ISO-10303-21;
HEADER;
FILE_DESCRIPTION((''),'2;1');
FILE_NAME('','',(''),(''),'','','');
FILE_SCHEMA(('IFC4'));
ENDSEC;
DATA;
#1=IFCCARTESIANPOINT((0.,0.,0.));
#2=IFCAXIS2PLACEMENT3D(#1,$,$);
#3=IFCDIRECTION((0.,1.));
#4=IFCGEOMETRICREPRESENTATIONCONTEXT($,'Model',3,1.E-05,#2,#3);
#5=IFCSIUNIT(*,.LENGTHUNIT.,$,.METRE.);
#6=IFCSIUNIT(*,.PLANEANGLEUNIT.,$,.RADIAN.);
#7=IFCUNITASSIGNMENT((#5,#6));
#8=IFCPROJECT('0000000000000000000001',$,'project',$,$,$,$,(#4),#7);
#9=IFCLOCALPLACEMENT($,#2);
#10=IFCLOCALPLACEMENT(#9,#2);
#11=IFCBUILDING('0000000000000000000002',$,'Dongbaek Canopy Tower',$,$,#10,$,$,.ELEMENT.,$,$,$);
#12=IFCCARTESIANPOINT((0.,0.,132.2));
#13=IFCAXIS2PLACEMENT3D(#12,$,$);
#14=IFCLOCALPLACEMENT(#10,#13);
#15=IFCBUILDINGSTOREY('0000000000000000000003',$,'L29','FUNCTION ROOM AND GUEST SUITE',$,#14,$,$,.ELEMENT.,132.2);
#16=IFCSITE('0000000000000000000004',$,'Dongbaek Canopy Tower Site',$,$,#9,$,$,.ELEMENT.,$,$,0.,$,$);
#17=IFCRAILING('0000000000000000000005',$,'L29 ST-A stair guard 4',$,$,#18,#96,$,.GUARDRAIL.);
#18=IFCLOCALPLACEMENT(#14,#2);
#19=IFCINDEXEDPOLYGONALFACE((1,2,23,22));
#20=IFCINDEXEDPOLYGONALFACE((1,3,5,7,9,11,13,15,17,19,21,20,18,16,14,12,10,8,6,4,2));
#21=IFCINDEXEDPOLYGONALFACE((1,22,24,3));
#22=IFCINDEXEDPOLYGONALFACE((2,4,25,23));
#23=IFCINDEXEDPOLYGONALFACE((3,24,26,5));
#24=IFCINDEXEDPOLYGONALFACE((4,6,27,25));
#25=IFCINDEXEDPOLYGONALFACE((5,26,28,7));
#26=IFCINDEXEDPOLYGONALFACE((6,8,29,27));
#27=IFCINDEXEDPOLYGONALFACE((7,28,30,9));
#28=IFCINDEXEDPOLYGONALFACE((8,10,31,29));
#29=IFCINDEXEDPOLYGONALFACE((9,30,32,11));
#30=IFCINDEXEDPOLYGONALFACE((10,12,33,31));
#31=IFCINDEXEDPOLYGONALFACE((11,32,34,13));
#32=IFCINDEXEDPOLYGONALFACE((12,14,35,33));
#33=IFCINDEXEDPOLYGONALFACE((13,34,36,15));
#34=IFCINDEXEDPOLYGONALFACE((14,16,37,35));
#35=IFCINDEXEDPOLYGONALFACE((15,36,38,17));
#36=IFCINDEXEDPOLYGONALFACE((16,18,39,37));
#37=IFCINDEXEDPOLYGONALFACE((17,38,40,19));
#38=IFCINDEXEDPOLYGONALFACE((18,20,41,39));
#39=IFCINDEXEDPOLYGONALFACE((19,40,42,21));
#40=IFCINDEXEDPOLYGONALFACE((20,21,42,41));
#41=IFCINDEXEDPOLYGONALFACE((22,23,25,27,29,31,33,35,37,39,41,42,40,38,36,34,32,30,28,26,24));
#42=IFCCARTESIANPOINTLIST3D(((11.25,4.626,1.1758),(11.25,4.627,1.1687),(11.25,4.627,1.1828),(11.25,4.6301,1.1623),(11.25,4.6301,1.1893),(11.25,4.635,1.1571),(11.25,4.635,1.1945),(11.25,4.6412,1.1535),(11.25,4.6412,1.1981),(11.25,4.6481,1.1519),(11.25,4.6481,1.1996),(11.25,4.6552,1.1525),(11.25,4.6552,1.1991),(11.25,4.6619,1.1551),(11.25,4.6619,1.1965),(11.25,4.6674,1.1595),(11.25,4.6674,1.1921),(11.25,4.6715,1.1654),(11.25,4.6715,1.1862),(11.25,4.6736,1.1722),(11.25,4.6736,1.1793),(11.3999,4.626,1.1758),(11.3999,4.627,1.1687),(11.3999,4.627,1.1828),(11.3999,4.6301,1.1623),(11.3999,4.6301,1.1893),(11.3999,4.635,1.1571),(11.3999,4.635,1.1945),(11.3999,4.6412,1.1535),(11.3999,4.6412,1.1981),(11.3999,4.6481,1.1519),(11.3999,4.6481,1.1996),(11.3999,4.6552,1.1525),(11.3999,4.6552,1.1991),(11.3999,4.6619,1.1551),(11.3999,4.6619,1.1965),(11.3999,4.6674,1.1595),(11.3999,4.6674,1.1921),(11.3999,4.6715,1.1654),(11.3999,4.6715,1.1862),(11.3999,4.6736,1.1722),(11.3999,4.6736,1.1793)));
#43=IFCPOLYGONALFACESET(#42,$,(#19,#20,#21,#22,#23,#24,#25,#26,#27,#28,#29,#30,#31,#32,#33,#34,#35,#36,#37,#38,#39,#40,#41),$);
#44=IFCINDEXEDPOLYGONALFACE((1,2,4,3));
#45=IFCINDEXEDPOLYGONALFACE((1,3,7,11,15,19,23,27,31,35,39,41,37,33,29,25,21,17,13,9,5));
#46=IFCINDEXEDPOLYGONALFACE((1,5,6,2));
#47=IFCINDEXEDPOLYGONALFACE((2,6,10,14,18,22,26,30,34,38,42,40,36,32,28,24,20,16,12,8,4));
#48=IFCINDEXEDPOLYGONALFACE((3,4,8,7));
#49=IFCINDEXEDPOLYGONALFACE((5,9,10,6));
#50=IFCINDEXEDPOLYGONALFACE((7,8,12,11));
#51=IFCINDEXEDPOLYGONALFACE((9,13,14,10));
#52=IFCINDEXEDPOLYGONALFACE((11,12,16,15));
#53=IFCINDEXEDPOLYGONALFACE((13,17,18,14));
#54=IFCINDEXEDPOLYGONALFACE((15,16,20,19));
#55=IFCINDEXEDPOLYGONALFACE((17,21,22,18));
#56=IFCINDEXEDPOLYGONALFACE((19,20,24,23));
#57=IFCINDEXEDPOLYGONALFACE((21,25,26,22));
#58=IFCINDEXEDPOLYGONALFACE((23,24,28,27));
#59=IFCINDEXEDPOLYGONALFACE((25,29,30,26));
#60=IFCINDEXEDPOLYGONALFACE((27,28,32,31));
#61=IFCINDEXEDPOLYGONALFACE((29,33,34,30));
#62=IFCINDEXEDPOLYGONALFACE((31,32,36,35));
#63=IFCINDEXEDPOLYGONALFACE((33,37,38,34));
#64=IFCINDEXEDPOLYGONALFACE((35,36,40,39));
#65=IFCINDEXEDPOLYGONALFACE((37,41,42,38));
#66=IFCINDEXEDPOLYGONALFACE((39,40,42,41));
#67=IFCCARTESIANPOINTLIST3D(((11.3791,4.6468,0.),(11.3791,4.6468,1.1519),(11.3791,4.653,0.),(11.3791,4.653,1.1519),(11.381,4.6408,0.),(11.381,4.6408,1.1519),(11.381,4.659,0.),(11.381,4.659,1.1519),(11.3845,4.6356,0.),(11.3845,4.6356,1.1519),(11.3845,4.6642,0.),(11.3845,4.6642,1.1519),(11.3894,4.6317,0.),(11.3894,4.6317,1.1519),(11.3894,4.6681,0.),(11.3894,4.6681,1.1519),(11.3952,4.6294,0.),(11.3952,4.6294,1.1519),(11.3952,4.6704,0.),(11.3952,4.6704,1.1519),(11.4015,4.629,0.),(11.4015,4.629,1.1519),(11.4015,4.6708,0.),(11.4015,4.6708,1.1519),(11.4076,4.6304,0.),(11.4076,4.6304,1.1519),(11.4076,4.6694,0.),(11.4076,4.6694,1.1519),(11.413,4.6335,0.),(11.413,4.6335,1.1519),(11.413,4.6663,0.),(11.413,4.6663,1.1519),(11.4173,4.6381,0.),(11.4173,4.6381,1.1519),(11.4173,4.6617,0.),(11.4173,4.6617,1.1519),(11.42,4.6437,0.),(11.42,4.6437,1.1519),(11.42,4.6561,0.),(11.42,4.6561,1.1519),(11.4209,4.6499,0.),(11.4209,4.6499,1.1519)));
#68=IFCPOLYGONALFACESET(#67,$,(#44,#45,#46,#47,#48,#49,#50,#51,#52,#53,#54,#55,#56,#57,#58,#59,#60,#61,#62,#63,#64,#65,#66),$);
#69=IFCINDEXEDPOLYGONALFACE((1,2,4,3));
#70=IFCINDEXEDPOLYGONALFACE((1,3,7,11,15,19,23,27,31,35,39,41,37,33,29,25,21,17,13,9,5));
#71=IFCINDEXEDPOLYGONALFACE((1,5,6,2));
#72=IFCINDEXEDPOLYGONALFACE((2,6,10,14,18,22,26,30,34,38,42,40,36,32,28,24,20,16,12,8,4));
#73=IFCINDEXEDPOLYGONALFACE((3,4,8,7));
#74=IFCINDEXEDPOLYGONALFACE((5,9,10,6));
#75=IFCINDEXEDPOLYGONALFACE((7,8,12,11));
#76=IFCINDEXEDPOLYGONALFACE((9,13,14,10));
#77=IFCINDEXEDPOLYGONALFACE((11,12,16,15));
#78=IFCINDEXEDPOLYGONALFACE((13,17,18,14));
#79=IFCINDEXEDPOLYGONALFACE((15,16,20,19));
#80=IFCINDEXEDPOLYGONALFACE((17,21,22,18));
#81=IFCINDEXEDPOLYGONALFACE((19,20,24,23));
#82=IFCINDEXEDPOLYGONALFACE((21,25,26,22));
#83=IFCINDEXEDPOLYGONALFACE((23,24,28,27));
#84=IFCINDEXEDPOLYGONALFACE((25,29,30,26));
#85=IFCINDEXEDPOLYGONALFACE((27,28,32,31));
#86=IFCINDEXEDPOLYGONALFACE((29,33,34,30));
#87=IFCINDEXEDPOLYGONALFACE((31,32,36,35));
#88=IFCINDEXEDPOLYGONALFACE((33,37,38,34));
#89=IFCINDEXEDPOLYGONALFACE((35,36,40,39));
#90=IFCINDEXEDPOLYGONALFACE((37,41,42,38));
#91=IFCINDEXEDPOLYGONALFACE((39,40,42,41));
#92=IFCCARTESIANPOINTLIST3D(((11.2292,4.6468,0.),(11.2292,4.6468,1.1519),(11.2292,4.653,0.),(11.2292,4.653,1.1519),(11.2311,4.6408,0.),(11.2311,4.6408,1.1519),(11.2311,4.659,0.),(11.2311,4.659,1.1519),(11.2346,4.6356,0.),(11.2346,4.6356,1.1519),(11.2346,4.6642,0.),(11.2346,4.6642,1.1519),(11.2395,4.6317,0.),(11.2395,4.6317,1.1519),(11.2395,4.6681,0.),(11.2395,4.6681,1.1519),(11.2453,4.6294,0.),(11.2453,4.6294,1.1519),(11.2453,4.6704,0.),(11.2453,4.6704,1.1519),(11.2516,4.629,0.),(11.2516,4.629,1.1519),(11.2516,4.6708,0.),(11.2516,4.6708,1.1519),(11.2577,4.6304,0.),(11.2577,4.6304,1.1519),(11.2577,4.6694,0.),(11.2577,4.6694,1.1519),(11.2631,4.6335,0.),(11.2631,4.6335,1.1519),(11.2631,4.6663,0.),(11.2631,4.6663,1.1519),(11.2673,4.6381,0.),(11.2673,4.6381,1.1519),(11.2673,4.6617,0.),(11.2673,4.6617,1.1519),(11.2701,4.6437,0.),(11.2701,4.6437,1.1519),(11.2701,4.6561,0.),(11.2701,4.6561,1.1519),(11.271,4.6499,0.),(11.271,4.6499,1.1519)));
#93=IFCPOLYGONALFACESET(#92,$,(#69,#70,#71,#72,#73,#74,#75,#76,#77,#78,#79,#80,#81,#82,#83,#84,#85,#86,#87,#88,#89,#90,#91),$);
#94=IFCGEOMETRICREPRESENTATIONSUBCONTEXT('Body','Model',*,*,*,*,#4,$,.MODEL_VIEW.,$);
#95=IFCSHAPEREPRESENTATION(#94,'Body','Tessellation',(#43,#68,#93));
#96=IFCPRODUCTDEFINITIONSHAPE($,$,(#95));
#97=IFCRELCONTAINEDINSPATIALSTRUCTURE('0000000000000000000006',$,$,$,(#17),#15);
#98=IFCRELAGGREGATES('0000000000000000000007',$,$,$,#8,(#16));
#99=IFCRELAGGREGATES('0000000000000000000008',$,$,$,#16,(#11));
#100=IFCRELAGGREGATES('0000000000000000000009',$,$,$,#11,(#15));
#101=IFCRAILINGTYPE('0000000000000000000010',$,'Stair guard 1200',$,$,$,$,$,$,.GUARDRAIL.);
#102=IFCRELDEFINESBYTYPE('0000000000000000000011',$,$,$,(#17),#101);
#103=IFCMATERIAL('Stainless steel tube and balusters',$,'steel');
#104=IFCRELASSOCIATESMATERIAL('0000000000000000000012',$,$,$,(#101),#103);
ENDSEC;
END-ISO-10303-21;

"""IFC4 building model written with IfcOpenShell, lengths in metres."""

from ifc_helpers import new_model, si_unit, direction, frame, origin, origin_2d, place, context, subcontext, project, spatial, circle, extrude, material, type_object, element, save


model = new_model("IFC4")

# Units and contexts
model_context = context("Model", 3, precision=1e-05, world=origin(), true_north=direction((0.0, 1.0)))
body_context = subcontext(model_context, "Body", "Model", "MODEL_VIEW")
ifc_project = project(units=[si_unit("LENGTHUNIT", "METRE"), si_unit("PLANEANGLEUNIT", "RADIAN")], contexts=[model_context])

# Site, building, storey
site_placement = place(None, origin())
site = spatial("IfcSite", under=ifc_project, at=site_placement, Name="Dongbaek Canopy Tower Site", CompositionType="ELEMENT", RefElevation=0.0)
building_placement = place(site_placement, origin())
building = spatial("IfcBuilding", under=site, at=building_placement, Name="Dongbaek Canopy Tower", CompositionType="ELEMENT")
storey_placement = place(building_placement, frame((0.0, 0.0, 132.2)))
storey = spatial("IfcBuildingStorey", under=building, at=storey_placement, Name="L29", Description="FUNCTION ROOM AND GUEST SUITE", CompositionType="ELEMENT", Elevation=132.2)

# Railing
ifc_material_1 = material(Name="Stainless steel tube and balusters", Category="steel")
railing_type_1 = type_object("IfcRailingType", Name="Stair guard 1200", PredefinedType="GUARDRAIL", material=ifc_material_1)
railing_1_placement = place(storey_placement, frame((11.3999, 4.6499, 0.0)))
element("IfcRailing", 1, at=railing_1_placement, inside=storey, type_object=railing_type_1, Name="L29 ST-A stair guard 4", PredefinedType="GUARDRAIL", context=body_context, shape_type="SweptSolid", body=[
    extrude(circle(Radius=0.0239, at=origin_2d()), frame((0.0, 0.0, 1.1758), z_axis=(-1.0, 0.0, 0.0), x_axis=(0.0, -1.0, 0.0)), (0.0, 0.0, 1.0), 0.1499),
    extrude(circle(Radius=0.021, at=origin_2d()), origin(), (0.0, 0.0, 1.0), 1.1519),
    extrude(circle(Radius=0.021, at=origin_2d()), frame((-0.1499, 0.0, 0.0)), (0.0, 0.0, 1.0), 1.1519),
])

save(model, "model.ifc")
